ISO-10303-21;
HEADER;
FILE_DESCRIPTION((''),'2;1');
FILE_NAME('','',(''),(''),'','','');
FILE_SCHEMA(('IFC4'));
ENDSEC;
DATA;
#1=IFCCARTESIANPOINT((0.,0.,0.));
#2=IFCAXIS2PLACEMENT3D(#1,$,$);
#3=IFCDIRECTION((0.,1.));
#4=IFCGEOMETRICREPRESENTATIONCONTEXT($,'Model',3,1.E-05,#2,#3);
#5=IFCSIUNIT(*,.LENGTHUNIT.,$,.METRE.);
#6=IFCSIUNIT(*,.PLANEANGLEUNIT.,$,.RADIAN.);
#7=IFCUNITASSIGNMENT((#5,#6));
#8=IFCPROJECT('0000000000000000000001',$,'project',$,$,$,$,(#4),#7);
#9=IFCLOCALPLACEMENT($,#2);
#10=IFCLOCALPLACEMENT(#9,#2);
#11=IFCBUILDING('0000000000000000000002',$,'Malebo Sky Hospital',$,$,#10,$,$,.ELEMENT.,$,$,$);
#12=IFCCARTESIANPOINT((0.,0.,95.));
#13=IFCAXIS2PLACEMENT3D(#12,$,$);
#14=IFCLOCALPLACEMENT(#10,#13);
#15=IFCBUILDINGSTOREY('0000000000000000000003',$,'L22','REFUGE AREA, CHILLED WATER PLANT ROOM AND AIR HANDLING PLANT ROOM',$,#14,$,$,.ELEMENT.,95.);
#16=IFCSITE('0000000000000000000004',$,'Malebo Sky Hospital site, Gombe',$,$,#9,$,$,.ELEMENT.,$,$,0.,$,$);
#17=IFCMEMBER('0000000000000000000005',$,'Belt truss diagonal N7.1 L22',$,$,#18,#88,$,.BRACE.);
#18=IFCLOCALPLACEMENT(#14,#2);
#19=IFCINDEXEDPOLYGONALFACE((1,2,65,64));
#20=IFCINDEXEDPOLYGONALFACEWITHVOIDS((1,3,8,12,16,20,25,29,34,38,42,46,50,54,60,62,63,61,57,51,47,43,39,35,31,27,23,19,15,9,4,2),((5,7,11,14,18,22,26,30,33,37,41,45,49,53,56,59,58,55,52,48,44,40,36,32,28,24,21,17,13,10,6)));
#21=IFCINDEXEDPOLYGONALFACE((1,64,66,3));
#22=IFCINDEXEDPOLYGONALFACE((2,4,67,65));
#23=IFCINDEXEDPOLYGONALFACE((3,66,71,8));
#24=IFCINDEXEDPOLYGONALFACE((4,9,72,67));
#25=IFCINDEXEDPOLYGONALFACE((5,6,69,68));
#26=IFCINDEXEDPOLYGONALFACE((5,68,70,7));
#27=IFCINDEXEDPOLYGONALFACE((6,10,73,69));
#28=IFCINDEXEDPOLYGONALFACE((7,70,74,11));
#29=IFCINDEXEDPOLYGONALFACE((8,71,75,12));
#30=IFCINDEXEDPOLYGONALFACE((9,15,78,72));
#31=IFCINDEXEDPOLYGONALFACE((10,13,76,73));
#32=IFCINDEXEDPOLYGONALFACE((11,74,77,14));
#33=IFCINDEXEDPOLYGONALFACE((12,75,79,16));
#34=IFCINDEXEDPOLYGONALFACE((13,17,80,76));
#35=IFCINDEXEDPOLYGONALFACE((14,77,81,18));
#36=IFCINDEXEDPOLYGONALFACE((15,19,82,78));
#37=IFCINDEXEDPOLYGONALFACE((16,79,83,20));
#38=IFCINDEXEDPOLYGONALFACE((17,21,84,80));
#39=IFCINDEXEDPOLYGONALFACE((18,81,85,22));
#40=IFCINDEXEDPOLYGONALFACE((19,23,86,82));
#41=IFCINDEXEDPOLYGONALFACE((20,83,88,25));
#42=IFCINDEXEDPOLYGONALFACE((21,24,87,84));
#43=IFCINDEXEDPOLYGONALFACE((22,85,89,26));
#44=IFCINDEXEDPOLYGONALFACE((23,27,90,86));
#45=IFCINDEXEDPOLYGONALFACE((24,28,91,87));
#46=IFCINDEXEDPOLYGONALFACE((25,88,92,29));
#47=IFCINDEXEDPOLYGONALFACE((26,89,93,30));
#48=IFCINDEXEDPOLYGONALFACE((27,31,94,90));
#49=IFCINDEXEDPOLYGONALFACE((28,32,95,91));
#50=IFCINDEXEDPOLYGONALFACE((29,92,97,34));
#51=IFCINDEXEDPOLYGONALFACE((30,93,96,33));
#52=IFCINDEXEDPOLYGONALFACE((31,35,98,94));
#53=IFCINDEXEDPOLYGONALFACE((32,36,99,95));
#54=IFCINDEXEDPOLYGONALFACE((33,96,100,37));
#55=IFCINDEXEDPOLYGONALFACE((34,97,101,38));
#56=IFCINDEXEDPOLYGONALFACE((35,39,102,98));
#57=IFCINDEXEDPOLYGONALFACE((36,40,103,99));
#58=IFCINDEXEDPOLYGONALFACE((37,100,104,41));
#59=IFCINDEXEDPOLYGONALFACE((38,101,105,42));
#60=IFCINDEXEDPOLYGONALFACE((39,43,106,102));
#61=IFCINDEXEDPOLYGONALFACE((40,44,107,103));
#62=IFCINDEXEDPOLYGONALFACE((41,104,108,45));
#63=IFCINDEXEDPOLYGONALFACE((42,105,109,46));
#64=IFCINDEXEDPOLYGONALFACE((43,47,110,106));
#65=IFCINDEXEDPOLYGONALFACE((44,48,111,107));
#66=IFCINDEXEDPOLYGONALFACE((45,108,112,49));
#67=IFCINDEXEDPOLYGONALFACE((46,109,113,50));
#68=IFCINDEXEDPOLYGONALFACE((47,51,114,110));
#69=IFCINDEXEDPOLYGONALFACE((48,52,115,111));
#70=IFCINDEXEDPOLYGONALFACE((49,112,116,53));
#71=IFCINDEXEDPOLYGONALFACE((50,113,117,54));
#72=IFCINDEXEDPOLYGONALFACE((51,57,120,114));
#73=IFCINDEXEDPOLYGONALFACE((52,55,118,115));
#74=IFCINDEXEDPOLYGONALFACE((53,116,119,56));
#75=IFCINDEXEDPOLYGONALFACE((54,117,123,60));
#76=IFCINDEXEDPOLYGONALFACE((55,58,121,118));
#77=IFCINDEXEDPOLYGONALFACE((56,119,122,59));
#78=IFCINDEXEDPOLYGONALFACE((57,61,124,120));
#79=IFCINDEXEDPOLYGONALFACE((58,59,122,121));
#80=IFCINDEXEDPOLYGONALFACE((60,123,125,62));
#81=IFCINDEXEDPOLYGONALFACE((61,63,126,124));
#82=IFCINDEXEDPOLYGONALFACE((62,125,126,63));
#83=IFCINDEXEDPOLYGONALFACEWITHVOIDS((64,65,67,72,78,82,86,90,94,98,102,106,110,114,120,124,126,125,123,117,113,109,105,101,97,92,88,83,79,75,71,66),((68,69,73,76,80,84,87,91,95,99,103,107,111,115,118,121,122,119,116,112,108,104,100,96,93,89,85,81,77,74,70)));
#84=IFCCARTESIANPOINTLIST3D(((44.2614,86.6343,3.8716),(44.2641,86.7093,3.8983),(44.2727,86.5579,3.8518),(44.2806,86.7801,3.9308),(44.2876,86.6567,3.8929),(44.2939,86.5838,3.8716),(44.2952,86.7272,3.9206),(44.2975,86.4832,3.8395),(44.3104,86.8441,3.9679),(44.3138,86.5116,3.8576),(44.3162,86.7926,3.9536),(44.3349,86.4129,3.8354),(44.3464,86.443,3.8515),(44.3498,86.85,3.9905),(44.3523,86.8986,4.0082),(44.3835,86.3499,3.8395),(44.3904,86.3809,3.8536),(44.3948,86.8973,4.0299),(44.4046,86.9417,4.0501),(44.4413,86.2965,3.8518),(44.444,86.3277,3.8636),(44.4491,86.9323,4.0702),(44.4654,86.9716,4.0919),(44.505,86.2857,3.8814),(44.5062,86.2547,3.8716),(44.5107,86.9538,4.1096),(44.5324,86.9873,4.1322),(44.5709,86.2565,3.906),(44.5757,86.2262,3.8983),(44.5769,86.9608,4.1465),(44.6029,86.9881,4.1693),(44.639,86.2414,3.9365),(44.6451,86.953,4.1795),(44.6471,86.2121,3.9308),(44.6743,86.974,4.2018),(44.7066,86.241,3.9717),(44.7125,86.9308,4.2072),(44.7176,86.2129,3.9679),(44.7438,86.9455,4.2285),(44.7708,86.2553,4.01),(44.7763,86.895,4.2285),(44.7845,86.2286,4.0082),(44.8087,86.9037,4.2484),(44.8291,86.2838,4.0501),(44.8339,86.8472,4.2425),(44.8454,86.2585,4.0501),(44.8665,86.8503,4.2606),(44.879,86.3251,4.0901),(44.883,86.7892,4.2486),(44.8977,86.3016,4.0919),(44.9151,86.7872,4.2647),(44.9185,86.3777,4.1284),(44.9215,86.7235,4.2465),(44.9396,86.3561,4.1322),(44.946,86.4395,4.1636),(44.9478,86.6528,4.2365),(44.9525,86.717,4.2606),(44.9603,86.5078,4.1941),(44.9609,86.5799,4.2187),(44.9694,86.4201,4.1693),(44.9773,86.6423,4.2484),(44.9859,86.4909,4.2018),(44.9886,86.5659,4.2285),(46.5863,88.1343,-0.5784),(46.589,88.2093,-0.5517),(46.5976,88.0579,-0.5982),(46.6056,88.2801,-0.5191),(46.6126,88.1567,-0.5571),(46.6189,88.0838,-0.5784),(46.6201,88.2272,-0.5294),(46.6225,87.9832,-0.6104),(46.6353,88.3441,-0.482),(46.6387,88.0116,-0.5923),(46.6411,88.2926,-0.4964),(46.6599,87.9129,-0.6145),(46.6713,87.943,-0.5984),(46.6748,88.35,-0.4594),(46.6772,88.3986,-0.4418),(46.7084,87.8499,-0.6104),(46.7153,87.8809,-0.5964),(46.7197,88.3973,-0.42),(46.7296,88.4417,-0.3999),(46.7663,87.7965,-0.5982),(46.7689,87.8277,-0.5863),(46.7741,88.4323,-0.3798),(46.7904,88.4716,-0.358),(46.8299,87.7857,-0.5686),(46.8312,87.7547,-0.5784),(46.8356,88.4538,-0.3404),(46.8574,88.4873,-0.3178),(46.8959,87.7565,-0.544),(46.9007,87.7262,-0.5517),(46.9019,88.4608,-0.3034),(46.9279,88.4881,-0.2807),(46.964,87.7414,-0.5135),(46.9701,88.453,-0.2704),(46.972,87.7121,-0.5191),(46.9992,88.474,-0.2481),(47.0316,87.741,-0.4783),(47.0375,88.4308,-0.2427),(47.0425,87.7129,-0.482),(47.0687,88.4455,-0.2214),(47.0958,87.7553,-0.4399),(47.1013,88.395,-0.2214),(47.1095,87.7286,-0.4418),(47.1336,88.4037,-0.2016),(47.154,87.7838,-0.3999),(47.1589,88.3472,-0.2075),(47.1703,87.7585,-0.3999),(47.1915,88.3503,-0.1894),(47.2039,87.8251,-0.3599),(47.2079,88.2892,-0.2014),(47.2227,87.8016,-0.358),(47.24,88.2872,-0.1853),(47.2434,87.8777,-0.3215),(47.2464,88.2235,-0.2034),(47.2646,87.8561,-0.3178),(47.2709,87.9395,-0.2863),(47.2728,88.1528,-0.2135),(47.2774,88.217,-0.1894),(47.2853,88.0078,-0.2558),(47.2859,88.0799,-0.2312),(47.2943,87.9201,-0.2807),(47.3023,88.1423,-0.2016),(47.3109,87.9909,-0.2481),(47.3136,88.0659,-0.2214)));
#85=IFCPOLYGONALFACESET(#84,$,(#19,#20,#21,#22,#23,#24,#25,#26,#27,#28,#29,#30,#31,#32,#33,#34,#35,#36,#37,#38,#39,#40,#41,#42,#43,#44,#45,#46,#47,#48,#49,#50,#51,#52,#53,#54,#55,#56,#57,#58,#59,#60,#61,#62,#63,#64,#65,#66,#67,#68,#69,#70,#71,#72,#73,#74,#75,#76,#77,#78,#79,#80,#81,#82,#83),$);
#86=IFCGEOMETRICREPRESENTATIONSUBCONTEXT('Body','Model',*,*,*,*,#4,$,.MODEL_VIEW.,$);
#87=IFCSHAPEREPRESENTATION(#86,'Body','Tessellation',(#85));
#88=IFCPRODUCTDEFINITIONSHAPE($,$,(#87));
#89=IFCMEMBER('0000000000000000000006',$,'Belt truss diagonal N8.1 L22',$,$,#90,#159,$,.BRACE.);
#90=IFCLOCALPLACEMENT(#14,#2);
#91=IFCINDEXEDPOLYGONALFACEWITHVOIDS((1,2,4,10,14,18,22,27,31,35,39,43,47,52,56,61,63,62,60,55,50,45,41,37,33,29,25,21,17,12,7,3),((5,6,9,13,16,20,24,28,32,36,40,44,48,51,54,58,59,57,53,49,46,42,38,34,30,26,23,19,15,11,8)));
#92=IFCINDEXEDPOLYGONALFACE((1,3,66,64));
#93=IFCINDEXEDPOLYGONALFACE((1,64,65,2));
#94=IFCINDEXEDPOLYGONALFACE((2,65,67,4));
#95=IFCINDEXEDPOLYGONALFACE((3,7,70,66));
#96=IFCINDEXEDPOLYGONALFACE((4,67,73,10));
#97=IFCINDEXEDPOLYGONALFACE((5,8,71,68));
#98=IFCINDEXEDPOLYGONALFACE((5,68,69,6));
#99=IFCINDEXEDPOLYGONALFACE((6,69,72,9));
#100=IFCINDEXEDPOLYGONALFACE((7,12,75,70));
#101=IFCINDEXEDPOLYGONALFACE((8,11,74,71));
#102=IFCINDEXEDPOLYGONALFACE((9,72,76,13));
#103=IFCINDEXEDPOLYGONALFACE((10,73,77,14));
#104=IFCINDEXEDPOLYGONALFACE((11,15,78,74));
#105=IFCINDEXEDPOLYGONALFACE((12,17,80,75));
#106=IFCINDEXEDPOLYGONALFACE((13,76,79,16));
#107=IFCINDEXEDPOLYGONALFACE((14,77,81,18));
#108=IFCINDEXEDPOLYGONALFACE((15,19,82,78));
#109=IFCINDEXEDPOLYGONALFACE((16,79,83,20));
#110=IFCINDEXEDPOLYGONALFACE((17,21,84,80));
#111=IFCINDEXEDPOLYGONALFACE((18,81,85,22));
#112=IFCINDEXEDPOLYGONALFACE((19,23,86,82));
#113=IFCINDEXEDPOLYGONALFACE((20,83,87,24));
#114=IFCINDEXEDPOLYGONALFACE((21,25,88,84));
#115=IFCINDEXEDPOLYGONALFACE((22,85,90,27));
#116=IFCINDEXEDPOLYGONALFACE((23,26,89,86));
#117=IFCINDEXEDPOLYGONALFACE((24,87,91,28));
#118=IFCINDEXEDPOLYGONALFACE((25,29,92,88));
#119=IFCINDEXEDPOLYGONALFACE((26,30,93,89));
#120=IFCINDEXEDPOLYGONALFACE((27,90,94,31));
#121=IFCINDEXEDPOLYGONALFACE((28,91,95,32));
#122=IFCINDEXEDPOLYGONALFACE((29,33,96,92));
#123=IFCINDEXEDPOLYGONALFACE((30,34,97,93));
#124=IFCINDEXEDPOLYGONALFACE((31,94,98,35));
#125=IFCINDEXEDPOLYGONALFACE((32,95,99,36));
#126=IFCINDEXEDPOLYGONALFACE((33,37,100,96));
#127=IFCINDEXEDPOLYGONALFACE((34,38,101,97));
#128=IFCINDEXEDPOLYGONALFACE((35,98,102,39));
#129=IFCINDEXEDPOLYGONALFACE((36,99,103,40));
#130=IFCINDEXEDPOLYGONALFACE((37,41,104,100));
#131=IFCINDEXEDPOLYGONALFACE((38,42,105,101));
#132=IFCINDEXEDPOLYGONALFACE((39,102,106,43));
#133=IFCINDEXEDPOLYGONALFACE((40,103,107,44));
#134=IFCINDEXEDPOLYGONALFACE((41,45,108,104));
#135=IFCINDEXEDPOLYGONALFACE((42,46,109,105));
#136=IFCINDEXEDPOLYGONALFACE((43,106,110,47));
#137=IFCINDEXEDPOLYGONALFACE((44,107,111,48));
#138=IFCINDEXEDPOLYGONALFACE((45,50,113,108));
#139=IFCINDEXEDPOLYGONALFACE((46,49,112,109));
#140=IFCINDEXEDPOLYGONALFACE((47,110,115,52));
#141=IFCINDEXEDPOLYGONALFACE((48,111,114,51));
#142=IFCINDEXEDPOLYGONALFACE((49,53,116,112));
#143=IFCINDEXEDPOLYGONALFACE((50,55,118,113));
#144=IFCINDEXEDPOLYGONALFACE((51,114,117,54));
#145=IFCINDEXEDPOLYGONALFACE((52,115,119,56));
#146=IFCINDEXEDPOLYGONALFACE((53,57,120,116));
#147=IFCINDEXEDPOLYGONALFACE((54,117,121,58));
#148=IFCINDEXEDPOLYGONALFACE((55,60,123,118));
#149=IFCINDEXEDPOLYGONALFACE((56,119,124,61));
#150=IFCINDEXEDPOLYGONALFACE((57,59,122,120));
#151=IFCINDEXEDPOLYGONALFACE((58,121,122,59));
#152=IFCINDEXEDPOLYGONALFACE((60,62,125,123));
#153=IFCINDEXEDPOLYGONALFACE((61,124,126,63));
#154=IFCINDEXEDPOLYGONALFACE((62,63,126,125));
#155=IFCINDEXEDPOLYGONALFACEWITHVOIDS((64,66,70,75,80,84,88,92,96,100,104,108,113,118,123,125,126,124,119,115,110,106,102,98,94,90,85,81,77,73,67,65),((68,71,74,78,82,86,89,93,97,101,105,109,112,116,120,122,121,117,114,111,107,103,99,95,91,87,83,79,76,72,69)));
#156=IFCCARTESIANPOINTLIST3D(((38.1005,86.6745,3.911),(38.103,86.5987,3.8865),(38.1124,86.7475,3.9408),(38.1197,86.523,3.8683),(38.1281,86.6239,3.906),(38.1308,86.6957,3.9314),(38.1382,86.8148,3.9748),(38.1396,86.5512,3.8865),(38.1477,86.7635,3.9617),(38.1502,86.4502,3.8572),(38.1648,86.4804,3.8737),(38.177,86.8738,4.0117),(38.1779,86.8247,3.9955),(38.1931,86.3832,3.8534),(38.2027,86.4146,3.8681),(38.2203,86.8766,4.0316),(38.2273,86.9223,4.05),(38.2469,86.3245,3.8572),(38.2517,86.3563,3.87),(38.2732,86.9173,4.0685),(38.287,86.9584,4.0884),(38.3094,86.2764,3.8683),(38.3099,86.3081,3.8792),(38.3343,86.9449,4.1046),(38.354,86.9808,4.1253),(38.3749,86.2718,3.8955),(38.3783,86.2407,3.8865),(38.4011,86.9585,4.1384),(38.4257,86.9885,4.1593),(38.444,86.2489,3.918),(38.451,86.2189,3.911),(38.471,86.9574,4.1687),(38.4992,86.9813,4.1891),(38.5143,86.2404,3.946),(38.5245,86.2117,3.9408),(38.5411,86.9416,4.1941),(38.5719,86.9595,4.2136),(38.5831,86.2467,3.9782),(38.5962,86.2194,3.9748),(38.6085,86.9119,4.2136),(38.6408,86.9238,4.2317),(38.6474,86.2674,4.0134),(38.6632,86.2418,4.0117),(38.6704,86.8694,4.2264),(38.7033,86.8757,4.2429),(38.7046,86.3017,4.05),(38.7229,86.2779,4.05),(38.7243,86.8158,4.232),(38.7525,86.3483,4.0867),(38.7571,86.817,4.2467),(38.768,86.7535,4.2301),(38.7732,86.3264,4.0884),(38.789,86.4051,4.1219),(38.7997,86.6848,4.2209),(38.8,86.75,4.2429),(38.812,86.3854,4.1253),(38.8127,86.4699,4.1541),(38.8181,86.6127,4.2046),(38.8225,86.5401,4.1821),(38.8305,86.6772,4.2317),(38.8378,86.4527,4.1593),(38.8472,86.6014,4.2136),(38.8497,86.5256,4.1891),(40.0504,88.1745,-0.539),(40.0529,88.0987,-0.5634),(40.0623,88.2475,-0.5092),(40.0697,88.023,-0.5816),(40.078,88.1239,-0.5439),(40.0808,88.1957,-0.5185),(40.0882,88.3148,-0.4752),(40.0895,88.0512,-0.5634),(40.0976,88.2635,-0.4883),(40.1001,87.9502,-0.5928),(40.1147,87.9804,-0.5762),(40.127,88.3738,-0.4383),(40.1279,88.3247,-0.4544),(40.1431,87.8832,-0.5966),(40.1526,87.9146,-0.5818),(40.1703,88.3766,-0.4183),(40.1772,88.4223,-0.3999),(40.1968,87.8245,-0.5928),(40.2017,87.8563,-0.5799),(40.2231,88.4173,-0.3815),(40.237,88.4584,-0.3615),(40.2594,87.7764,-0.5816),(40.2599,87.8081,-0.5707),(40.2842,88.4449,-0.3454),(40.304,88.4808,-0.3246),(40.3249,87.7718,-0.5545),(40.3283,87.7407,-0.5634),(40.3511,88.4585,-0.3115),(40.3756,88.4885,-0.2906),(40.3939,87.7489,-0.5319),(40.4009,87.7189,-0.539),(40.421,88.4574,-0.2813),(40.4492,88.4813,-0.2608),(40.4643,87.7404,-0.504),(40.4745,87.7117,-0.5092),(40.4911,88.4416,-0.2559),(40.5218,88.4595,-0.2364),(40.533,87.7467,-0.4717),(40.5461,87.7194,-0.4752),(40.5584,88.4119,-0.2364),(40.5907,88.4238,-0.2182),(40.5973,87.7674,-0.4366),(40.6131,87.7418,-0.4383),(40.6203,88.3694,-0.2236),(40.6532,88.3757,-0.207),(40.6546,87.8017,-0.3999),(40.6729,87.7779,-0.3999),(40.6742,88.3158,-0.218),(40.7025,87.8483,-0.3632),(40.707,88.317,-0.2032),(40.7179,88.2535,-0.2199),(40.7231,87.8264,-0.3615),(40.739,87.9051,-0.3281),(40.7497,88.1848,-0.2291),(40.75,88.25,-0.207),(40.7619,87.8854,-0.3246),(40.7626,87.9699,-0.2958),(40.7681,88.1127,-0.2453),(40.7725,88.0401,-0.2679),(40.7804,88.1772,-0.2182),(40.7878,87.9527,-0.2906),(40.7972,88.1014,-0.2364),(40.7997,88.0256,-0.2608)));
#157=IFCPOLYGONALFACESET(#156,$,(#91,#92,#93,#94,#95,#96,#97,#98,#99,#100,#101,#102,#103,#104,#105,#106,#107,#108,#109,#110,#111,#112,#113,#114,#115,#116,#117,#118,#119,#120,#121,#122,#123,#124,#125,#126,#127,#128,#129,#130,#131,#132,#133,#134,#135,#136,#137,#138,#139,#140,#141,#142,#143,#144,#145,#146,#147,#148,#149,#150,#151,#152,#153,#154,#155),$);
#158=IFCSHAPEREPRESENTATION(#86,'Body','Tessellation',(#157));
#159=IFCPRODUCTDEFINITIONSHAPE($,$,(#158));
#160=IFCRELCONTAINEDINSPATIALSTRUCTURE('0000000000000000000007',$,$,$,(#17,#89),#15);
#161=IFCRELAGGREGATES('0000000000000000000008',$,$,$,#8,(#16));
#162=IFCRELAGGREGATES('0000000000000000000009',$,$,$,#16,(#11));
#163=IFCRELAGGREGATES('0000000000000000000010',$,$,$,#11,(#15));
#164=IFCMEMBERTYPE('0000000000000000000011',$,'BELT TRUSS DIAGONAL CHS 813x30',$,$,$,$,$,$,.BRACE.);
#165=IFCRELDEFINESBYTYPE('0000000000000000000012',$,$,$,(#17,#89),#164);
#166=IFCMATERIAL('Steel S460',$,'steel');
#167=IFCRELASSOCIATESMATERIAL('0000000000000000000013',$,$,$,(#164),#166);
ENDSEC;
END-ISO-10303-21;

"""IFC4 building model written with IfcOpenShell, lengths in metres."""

from ifc_helpers import new_model, si_unit, direction, frame, origin, origin_2d, place, context, subcontext, project, spatial, hollow_circle, extrude, material, material_profile, profile_set, type_object, element, save


model = new_model("IFC4")

# Units and contexts
model_context = context("Model", 3, precision=1e-05, world=origin(), true_north=direction((0.0, 1.0)))
body_context = subcontext(model_context, "Body", "Model", "MODEL_VIEW")
ifc_project = project(units=[si_unit("LENGTHUNIT", "METRE"), si_unit("PLANEANGLEUNIT", "RADIAN")], contexts=[model_context])

# Site, building, storey
site_placement = place(None, origin())
site = spatial("IfcSite", under=ifc_project, at=site_placement, Name="Malebo Sky Hospital site, Gombe", CompositionType="ELEMENT", RefElevation=0.0)
building_placement = place(site_placement, origin())
building = spatial("IfcBuilding", under=site, at=building_placement, Name="Malebo Sky Hospital", CompositionType="ELEMENT")
storey_placement = place(building_placement, frame((0.0, 0.0, 95.0)))
storey = spatial("IfcBuildingStorey", under=building, at=storey_placement, Name="L22", Description="REFUGE AREA, CHILLED WATER PLANT ROOM AND AIR HANDLING PLANT ROOM", CompositionType="ELEMENT", Elevation=95.0)

# Members
ifc_material_1 = material(Name="Steel S460", Category="steel")
ifc_material_profile_1 = material_profile(ifc_material_1, hollow_circle(Radius=0.4065, WallThickness=0.03, at=origin_2d()), Name="CHS 813x30")
ifc_profile_set_1 = profile_set([ifc_material_profile_1], Name="Steel S460")
member_type_1 = type_object("IfcMemberType", Name="BELT TRUSS DIAGONAL CHS 813x30", PredefinedType="BRACE", material=ifc_profile_set_1)
member_1_placement = place(storey_placement, frame((46.95, 88.1001, -0.3999), z_axis=(-0.443694, -0.28626, 0.849229), x_axis=(0.542135, -0.840291, 0.0)))
element("IfcMember", 1, at=member_1_placement, inside=storey, type_object=member_type_1, Name="Belt truss diagonal N7.1 L22", PredefinedType="BRACE", context=body_context, shape_type="SweptSolid", body=[
    extrude(hollow_circle(Radius=0.4065, WallThickness=0.03, at=origin_2d()), origin(), (0.0, 0.0, 1.0), 5.24),
])
member_2_placement = place(storey_placement, frame((40.425, 88.1001, -0.3999), z_axis=(-0.383492, -0.295002, 0.875162), x_axis=(0.60972, -0.792617, 0.0)))
element("IfcMember", 2, at=member_2_placement, inside=storey, type_object=member_type_1, Name="Belt truss diagonal N8.1 L22", PredefinedType="BRACE", context=body_context, shape_type="SweptSolid", body=[
    extrude(hollow_circle(Radius=0.4065, WallThickness=0.03, at=origin_2d()), origin(), (0.0, 0.0, 1.0), 5.0847),
])

save(model, "model.ifc")
